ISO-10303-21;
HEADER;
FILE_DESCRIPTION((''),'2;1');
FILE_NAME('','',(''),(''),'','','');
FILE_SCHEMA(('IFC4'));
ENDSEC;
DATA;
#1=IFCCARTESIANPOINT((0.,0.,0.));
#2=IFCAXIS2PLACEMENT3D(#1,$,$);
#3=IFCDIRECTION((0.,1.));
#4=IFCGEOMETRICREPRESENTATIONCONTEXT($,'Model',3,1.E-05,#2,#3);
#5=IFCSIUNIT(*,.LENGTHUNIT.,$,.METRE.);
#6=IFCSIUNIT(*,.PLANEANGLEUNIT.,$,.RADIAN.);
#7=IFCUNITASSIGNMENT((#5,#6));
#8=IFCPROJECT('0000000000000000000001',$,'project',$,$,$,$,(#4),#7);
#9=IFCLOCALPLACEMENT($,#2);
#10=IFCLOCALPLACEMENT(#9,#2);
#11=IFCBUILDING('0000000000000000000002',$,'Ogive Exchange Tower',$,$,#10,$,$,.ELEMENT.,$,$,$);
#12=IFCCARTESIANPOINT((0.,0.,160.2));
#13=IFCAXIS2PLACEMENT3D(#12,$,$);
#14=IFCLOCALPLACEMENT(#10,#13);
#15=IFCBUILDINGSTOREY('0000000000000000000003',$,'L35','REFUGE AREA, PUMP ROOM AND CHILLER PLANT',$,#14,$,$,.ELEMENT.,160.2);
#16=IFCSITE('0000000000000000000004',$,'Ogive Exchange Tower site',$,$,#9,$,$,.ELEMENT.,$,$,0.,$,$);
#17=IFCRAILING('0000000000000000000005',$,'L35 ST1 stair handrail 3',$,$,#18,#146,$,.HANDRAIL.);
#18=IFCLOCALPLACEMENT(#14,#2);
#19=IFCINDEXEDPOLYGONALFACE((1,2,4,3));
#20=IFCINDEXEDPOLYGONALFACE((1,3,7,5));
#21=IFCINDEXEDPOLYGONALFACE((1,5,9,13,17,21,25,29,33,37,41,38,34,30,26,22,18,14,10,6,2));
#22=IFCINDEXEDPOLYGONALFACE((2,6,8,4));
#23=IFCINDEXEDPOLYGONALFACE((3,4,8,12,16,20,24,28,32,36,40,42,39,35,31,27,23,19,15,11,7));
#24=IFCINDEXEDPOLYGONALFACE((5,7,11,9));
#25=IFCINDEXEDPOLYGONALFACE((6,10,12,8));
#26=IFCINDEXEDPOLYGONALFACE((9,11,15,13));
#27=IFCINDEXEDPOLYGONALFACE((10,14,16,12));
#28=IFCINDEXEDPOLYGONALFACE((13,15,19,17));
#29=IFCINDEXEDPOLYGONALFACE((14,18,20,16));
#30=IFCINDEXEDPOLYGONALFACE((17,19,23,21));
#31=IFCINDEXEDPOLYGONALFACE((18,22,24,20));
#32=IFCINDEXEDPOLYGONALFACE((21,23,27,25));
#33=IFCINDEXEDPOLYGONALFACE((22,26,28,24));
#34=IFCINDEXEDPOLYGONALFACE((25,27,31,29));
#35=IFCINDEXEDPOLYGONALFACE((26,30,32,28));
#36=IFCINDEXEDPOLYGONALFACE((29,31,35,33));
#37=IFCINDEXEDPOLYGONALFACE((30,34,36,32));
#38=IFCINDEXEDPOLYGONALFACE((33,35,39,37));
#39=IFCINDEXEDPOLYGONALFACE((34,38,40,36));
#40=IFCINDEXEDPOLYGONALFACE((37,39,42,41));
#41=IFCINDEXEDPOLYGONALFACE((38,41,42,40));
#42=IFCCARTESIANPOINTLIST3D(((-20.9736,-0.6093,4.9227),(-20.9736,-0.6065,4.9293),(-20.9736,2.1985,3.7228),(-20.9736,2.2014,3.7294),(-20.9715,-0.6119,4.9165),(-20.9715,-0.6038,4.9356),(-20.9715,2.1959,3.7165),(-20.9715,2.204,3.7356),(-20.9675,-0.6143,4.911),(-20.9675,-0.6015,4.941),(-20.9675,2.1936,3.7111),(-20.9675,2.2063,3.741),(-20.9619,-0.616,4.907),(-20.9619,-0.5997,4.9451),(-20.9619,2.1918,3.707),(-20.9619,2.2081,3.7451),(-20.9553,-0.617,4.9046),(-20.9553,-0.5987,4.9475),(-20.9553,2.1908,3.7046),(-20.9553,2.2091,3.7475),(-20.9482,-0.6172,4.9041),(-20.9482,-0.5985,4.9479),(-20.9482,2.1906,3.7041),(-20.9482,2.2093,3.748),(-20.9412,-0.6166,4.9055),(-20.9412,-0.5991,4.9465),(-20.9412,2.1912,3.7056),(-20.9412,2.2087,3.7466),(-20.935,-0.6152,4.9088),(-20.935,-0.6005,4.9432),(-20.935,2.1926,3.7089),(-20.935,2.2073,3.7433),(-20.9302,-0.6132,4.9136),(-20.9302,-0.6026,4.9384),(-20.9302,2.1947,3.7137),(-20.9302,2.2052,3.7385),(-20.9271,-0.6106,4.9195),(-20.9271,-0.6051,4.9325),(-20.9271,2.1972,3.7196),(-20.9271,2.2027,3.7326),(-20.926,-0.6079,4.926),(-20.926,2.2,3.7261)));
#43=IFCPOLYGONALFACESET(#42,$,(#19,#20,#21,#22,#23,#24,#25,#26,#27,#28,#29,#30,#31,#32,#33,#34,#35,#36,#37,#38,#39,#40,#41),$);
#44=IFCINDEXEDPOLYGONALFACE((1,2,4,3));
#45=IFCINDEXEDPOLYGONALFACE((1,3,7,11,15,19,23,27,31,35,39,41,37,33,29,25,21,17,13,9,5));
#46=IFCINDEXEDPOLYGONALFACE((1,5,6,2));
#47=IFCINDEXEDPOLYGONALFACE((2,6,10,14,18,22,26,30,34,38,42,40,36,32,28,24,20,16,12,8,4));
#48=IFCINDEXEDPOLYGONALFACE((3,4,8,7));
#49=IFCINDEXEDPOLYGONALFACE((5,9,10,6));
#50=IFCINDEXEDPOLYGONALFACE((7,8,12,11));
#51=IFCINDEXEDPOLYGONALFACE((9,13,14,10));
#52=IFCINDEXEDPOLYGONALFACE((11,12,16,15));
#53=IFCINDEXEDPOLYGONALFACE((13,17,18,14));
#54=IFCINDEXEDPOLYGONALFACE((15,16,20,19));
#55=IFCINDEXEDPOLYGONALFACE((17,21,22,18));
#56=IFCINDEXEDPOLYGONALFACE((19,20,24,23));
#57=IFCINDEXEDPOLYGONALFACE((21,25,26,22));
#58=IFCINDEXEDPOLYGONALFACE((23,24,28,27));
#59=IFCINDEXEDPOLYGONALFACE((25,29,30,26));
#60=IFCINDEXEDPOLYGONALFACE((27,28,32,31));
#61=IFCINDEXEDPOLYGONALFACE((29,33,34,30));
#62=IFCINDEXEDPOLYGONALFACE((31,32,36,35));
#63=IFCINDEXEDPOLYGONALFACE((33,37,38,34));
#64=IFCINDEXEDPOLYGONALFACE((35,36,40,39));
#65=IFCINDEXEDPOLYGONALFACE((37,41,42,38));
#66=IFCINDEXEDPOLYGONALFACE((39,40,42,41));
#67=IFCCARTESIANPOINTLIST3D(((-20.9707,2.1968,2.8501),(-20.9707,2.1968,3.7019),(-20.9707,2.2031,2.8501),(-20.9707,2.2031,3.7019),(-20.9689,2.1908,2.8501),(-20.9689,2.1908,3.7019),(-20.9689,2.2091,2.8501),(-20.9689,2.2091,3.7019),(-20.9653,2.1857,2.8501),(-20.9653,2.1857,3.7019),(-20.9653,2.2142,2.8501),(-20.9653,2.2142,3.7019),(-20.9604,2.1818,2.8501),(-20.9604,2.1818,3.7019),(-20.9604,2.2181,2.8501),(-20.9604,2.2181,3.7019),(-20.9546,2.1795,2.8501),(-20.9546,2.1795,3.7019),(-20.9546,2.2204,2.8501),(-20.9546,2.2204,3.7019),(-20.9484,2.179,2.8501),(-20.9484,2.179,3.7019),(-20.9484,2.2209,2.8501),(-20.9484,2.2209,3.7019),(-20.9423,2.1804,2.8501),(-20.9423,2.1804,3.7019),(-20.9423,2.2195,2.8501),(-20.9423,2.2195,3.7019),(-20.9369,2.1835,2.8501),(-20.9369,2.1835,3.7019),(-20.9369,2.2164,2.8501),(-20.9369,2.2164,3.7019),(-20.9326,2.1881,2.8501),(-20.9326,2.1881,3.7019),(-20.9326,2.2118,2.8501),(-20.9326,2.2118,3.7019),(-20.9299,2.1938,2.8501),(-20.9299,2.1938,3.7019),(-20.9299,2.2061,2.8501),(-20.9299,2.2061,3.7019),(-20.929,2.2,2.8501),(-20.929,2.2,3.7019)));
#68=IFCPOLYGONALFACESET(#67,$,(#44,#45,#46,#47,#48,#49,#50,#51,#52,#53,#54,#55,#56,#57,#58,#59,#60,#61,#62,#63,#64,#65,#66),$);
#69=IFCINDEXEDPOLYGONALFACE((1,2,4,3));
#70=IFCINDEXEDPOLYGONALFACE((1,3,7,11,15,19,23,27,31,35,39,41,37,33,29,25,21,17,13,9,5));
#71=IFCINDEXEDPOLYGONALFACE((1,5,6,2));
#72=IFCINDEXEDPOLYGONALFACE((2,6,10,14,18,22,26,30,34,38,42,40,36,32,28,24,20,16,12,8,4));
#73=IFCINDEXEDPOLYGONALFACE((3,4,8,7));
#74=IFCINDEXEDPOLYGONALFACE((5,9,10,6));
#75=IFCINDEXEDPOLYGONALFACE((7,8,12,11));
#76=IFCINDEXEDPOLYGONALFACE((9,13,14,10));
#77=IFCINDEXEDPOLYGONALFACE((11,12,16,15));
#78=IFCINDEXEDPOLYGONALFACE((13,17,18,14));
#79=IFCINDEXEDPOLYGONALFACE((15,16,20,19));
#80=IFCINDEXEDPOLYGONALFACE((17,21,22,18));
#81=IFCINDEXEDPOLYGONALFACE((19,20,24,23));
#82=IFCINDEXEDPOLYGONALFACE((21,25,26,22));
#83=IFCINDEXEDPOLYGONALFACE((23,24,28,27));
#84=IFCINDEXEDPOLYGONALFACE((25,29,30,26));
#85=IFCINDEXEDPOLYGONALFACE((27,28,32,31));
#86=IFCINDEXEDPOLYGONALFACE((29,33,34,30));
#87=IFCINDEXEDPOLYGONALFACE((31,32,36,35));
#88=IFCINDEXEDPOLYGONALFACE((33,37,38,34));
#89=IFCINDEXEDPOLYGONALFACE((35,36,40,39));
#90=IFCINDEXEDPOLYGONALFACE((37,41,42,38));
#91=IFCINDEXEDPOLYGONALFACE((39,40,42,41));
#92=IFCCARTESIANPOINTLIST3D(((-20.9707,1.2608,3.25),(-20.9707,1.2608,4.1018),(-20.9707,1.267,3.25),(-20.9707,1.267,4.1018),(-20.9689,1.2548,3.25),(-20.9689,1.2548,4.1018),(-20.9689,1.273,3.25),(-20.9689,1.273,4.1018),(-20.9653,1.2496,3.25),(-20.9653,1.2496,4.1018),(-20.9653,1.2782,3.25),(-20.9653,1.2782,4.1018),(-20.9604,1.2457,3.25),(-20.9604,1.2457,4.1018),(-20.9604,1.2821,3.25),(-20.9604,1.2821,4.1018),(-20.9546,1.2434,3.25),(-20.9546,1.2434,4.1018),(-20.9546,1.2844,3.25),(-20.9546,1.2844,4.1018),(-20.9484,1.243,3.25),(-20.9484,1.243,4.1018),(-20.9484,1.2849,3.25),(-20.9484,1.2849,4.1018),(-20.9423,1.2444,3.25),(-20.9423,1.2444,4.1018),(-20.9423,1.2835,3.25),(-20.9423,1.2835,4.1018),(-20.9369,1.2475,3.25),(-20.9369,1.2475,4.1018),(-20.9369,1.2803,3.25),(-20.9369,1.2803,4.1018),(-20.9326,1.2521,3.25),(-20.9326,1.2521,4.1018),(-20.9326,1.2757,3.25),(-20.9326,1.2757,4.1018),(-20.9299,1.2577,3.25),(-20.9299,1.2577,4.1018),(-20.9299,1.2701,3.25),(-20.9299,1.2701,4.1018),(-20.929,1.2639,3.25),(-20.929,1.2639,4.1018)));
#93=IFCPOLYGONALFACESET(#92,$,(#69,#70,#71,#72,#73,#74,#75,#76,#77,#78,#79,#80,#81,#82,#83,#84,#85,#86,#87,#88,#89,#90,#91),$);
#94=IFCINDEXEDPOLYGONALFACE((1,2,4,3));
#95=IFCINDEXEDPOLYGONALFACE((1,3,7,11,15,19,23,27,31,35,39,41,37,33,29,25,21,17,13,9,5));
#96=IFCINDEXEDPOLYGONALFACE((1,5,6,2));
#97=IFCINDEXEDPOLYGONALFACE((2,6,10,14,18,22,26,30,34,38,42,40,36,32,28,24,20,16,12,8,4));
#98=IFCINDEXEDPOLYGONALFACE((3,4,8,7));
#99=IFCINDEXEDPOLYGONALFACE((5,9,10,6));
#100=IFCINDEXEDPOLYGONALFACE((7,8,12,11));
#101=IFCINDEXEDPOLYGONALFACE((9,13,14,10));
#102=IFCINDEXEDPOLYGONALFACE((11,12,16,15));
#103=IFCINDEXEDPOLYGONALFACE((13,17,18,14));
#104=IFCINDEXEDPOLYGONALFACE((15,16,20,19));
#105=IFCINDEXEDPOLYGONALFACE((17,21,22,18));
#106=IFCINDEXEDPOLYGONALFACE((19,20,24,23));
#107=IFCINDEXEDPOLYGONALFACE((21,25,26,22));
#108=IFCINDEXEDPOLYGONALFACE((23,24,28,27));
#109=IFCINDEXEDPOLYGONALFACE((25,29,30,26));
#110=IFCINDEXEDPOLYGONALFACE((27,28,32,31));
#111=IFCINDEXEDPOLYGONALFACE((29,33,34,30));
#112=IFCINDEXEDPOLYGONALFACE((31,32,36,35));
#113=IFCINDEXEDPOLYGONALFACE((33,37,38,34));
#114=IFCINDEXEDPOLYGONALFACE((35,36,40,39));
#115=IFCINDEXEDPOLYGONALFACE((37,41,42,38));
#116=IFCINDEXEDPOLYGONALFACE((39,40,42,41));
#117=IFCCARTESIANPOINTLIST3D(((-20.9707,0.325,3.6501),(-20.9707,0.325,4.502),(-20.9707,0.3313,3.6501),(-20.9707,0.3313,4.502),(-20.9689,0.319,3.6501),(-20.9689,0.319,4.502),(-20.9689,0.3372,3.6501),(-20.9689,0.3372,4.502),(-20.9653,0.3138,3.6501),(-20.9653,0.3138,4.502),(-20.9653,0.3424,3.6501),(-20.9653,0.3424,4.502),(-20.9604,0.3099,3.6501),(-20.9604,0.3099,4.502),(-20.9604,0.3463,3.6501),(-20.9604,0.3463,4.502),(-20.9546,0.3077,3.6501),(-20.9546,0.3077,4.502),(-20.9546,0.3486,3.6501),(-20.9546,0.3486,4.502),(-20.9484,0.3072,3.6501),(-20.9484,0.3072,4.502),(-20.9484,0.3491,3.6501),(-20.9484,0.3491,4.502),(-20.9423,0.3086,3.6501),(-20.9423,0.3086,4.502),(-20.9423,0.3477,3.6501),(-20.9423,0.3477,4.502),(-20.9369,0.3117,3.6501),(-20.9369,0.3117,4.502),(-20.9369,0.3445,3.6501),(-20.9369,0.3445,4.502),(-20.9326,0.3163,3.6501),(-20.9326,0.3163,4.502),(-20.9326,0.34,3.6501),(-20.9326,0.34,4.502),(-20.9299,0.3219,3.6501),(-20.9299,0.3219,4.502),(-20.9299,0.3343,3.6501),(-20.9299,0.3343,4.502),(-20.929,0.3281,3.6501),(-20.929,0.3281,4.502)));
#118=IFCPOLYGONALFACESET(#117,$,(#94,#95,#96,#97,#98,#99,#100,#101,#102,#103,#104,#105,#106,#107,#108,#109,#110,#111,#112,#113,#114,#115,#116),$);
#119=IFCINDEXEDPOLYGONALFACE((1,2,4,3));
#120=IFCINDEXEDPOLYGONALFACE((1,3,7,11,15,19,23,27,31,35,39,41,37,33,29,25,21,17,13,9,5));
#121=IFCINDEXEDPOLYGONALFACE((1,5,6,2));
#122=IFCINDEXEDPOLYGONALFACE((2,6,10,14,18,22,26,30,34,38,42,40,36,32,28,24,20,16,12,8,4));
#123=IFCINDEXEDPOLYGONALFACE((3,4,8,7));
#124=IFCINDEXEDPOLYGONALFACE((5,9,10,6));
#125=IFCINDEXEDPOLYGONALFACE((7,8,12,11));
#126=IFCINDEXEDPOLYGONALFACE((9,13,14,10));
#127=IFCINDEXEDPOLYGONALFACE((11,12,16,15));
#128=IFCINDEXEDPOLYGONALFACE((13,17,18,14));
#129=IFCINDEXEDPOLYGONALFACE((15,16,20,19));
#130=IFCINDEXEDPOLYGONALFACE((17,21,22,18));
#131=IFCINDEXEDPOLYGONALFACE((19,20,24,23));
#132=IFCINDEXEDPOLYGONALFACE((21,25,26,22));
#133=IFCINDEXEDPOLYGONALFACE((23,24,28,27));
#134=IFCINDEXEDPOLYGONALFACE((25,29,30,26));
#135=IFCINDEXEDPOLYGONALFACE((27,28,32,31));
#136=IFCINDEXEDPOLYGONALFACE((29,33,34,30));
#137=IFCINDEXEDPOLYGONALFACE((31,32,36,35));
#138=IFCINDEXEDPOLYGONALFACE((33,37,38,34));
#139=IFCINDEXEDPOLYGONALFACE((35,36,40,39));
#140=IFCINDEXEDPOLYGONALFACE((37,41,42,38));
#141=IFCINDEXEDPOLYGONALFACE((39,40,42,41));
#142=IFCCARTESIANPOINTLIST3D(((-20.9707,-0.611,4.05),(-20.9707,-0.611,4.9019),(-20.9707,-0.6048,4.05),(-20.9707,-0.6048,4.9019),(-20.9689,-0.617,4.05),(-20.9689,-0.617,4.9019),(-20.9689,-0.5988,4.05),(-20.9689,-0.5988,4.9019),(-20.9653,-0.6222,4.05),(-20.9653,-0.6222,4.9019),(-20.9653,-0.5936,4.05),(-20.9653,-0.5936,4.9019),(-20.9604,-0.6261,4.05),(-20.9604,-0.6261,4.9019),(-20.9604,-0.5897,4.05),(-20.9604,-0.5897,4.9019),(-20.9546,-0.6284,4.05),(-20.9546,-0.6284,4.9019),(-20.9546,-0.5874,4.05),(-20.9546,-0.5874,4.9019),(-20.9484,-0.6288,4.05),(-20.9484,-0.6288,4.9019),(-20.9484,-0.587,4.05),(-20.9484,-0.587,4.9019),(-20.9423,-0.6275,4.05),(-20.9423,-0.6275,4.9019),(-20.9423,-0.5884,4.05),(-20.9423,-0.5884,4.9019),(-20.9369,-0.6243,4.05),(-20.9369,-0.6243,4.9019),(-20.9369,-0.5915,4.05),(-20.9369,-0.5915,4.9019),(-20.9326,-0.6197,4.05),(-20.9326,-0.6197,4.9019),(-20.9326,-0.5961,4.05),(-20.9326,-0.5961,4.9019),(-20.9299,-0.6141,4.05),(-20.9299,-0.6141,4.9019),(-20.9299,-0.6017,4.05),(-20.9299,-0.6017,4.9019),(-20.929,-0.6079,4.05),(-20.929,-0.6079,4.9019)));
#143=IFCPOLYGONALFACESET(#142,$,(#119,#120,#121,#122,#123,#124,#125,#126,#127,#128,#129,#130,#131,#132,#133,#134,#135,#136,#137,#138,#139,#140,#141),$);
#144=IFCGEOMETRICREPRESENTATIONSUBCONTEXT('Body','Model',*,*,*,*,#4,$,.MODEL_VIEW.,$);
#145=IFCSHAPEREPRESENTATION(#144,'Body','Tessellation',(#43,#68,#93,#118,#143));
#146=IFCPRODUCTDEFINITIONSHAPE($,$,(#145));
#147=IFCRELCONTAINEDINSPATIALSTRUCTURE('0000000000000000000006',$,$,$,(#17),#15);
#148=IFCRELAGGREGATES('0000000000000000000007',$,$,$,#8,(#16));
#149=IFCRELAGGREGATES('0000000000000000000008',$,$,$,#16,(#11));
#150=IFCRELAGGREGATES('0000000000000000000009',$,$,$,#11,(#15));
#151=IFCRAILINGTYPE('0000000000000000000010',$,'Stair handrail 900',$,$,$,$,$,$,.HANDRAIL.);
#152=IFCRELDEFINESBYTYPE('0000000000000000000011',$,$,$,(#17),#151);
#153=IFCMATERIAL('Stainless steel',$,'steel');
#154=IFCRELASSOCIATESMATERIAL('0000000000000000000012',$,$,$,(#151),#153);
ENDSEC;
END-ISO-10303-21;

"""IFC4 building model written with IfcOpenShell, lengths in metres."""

from ifc_helpers import new_model, si_unit, direction, frame, origin, origin_2d, place, context, subcontext, project, spatial, circle, extrude, material, type_object, element, save


model = new_model("IFC4")

# Units and contexts
model_context = context("Model", 3, precision=1e-05, world=origin(), true_north=direction((0.0, 1.0)))
body_context = subcontext(model_context, "Body", "Model", "MODEL_VIEW")
ifc_project = project(units=[si_unit("LENGTHUNIT", "METRE"), si_unit("PLANEANGLEUNIT", "RADIAN")], contexts=[model_context])

# Site, building, storey
site_placement = place(None, origin())
site = spatial("IfcSite", under=ifc_project, at=site_placement, Name="Ogive Exchange Tower site", CompositionType="ELEMENT", RefElevation=0.0)
building_placement = place(site_placement, origin())
building = spatial("IfcBuilding", under=site, at=building_placement, Name="Ogive Exchange Tower", CompositionType="ELEMENT")
storey_placement = place(building_placement, frame((0.0, 0.0, 160.2)))
storey = spatial("IfcBuildingStorey", under=building, at=storey_placement, Name="L35", Description="REFUGE AREA, PUMP ROOM AND CHILLER PLANT", CompositionType="ELEMENT", Elevation=160.2)

# Shared definitions
ifc_material_1 = material(Name="Stainless steel", Category="steel")

# Railing
railing_type = type_object("IfcRailingType", Name="Stair handrail 900", PredefinedType="HANDRAIL", material=ifc_material_1)
for number, where, name in (
    (1, (-20.95, 2.2, 2.8501), "L35 ST1 stair handrail 3"),
):
    element("IfcRailing", number, at=place(storey_placement, frame(where)), inside=storey, type_object=railing_type, Name=name, PredefinedType="HANDRAIL", context=body_context, shape_type="SweptSolid", body=[
        extrude(circle(Radius=0.0239, at=origin_2d()), frame((0.0, 0.0, 0.876), z_axis=(0.0, -0.91955, 0.392973), x_axis=(1.0, 0.0, 0.0)), (0.0, 0.0, 1.0), 3.0535),
        extrude(circle(Radius=0.021, at=origin_2d()), origin(), (0.0, 0.0, 1.0), 0.8518),
        extrude(circle(Radius=0.021, at=origin_2d()), frame((0.0, -0.936, 0.3999)), (0.0, 0.0, 1.0), 0.8518),
        extrude(circle(Radius=0.021, at=origin_2d()), frame((0.0, -1.8718, 0.8)), (0.0, 0.0, 1.0), 0.8518),
        extrude(circle(Radius=0.021, at=origin_2d()), frame((0.0, -2.8079, 1.2)), (0.0, 0.0, 1.0), 0.8518),
    ])

save(model, "model.ifc")
